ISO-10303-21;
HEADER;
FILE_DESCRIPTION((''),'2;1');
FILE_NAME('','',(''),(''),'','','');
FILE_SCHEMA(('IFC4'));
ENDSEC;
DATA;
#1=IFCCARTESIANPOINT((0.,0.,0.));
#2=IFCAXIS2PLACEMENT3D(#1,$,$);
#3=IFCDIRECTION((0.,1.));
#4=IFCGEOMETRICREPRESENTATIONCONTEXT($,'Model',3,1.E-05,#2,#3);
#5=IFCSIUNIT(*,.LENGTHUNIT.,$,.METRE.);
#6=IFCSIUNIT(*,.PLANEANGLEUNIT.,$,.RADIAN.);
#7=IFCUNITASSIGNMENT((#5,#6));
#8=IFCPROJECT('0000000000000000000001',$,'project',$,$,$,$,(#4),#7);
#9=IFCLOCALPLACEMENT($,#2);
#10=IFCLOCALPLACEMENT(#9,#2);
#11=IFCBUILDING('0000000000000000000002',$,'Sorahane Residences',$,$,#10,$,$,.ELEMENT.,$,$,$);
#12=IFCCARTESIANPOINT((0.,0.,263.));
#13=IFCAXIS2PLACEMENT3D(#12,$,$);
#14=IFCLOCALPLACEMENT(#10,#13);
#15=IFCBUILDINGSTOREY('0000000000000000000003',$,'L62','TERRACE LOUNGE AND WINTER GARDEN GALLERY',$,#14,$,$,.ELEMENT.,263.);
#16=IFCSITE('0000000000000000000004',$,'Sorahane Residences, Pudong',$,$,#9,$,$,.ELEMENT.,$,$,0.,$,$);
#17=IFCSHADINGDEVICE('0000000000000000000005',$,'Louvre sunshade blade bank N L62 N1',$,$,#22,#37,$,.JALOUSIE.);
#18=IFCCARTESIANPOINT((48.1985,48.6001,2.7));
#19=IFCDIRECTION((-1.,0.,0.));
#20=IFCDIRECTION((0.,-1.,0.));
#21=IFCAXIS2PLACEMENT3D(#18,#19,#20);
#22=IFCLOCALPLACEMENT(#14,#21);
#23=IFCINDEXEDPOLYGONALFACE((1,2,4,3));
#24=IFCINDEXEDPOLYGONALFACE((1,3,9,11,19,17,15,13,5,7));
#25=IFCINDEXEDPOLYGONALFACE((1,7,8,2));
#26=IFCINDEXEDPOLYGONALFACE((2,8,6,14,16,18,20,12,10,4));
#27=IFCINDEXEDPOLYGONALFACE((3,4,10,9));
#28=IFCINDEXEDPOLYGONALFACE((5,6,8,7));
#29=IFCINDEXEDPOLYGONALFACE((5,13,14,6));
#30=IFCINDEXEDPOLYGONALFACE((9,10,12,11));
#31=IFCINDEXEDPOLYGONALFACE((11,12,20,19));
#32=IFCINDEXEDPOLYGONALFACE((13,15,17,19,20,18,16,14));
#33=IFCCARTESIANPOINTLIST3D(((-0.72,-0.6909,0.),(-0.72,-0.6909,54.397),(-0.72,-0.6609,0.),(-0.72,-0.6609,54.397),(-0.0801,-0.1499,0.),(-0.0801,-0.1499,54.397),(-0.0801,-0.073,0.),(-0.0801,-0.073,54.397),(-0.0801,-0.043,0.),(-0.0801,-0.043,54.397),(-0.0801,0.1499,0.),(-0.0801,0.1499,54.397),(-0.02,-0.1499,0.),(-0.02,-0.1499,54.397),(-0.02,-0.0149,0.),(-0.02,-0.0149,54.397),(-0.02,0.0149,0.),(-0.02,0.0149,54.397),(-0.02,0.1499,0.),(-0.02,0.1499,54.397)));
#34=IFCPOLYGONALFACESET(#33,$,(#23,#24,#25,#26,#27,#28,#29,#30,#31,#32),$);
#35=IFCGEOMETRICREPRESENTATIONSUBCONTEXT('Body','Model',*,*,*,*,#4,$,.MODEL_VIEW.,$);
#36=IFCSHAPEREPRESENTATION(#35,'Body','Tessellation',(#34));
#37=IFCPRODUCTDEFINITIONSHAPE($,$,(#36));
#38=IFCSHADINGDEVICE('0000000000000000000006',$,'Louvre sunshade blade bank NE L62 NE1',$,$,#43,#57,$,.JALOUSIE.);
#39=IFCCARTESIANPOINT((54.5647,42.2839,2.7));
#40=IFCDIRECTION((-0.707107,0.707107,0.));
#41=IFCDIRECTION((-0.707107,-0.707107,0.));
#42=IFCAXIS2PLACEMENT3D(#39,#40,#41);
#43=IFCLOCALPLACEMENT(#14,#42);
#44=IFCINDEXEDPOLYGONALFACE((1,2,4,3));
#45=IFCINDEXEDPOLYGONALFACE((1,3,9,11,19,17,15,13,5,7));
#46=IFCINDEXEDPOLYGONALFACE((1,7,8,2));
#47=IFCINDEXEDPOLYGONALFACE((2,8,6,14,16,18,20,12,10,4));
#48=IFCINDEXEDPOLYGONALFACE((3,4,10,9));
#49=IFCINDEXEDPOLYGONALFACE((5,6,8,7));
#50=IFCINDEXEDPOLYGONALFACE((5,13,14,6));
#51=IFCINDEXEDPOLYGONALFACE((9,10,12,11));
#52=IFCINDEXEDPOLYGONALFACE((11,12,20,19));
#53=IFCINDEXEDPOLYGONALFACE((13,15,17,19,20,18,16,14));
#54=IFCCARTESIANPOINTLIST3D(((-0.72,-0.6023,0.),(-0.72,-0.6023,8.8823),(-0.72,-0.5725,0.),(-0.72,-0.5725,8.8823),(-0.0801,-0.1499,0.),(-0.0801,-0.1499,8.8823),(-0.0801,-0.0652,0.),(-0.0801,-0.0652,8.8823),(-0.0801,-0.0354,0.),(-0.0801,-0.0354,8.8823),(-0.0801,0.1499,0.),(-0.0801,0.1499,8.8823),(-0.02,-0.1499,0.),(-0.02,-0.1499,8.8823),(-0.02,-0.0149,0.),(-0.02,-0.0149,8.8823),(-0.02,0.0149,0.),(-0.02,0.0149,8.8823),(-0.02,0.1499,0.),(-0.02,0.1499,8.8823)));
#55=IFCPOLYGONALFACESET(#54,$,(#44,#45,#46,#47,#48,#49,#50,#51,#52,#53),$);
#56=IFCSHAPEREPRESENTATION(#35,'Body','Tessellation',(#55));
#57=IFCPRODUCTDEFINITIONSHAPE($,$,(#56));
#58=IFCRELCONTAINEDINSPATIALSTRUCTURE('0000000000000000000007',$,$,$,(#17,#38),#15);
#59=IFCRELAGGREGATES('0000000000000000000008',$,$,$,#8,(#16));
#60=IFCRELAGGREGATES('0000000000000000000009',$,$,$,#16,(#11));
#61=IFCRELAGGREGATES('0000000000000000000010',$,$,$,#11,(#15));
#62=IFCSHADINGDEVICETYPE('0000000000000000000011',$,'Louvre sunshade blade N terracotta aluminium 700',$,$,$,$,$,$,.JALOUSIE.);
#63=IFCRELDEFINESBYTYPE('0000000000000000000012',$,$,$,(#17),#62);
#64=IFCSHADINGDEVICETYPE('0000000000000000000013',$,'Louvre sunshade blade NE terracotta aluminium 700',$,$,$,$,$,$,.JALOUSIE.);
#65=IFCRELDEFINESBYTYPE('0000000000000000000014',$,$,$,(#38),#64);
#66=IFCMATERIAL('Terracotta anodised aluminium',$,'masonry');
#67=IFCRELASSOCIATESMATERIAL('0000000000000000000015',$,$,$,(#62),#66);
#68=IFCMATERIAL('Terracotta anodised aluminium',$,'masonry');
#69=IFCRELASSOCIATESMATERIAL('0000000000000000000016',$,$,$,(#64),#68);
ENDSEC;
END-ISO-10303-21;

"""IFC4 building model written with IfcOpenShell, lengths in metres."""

from ifc_helpers import new_model, si_unit, direction, frame, origin, place, context, subcontext, project, spatial, polyline, outline, extrude, material, type_object, element, save


model = new_model("IFC4")

# Units and contexts
model_context = context("Model", 3, precision=1e-05, world=origin(), true_north=direction((0.0, 1.0)))
body_context = subcontext(model_context, "Body", "Model", "MODEL_VIEW")
ifc_project = project(units=[si_unit("LENGTHUNIT", "METRE"), si_unit("PLANEANGLEUNIT", "RADIAN")], contexts=[model_context])

# Site, building, storey
site_placement = place(None, origin())
site = spatial("IfcSite", under=ifc_project, at=site_placement, Name="Sorahane Residences, Pudong", CompositionType="ELEMENT", RefElevation=0.0)
building_placement = place(site_placement, origin())
building = spatial("IfcBuilding", under=site, at=building_placement, Name="Sorahane Residences", CompositionType="ELEMENT")
storey_placement = place(building_placement, frame((0.0, 0.0, 263.0)))
storey = spatial("IfcBuildingStorey", under=building, at=storey_placement, Name="L62", Description="TERRACE LOUNGE AND WINTER GARDEN GALLERY", CompositionType="ELEMENT", Elevation=263.0)

# Shading devices
ifc_material_1 = material(Name="Terracotta anodised aluminium", Category="masonry")
shading_device_type_1 = type_object("IfcShadingDeviceType", Name="Louvre sunshade blade N terracotta aluminium 700", PredefinedType="JALOUSIE", material=ifc_material_1)
shading_device_1_placement = place(storey_placement, frame((48.1985, 48.6001, 2.7), z_axis=(-1.0, 0.0, 0.0), x_axis=(0.0, -1.0, 0.0)))
element("IfcShadingDevice", 1, at=shading_device_1_placement, inside=storey, type_object=shading_device_type_1, Name="Louvre sunshade blade bank N L62 N1", PredefinedType="JALOUSIE", context=body_context, shape_type="SweptSolid", body=[
    extrude(outline(polyline([(-0.72, -0.6609), (-0.72, -0.6909), (-0.0801, -0.073), (-0.0801, -0.1499), (-0.02, -0.1499), (-0.02, -0.0149), (-0.02, 0.0149), (-0.02, 0.1499), (-0.0801, 0.1499), (-0.0801, -0.043), (-0.72, -0.6609)])), origin(), (0.0, 0.0, 1.0), 54.397),
])
ifc_material_2 = material(Name="Terracotta anodised aluminium", Category="masonry")
shading_device_type_2 = type_object("IfcShadingDeviceType", Name="Louvre sunshade blade NE terracotta aluminium 700", PredefinedType="JALOUSIE", material=ifc_material_2)
shading_device_2_placement = place(storey_placement, frame((54.5647, 42.2839, 2.7), z_axis=(-0.707107, 0.707107, 0.0), x_axis=(-0.707107, -0.707107, 0.0)))
element("IfcShadingDevice", 2, at=shading_device_2_placement, inside=storey, type_object=shading_device_type_2, Name="Louvre sunshade blade bank NE L62 NE1", PredefinedType="JALOUSIE", context=body_context, shape_type="SweptSolid", body=[
    extrude(outline(polyline([(-0.72, -0.5725), (-0.72, -0.6023), (-0.0801, -0.0652), (-0.0801, -0.1499), (-0.02, -0.1499), (-0.02, -0.0149), (-0.02, 0.0149), (-0.02, 0.1499), (-0.0801, 0.1499), (-0.0801, -0.0354), (-0.72, -0.5725)])), origin(), (0.0, 0.0, 1.0), 8.8823),
])

save(model, "model.ifc")
